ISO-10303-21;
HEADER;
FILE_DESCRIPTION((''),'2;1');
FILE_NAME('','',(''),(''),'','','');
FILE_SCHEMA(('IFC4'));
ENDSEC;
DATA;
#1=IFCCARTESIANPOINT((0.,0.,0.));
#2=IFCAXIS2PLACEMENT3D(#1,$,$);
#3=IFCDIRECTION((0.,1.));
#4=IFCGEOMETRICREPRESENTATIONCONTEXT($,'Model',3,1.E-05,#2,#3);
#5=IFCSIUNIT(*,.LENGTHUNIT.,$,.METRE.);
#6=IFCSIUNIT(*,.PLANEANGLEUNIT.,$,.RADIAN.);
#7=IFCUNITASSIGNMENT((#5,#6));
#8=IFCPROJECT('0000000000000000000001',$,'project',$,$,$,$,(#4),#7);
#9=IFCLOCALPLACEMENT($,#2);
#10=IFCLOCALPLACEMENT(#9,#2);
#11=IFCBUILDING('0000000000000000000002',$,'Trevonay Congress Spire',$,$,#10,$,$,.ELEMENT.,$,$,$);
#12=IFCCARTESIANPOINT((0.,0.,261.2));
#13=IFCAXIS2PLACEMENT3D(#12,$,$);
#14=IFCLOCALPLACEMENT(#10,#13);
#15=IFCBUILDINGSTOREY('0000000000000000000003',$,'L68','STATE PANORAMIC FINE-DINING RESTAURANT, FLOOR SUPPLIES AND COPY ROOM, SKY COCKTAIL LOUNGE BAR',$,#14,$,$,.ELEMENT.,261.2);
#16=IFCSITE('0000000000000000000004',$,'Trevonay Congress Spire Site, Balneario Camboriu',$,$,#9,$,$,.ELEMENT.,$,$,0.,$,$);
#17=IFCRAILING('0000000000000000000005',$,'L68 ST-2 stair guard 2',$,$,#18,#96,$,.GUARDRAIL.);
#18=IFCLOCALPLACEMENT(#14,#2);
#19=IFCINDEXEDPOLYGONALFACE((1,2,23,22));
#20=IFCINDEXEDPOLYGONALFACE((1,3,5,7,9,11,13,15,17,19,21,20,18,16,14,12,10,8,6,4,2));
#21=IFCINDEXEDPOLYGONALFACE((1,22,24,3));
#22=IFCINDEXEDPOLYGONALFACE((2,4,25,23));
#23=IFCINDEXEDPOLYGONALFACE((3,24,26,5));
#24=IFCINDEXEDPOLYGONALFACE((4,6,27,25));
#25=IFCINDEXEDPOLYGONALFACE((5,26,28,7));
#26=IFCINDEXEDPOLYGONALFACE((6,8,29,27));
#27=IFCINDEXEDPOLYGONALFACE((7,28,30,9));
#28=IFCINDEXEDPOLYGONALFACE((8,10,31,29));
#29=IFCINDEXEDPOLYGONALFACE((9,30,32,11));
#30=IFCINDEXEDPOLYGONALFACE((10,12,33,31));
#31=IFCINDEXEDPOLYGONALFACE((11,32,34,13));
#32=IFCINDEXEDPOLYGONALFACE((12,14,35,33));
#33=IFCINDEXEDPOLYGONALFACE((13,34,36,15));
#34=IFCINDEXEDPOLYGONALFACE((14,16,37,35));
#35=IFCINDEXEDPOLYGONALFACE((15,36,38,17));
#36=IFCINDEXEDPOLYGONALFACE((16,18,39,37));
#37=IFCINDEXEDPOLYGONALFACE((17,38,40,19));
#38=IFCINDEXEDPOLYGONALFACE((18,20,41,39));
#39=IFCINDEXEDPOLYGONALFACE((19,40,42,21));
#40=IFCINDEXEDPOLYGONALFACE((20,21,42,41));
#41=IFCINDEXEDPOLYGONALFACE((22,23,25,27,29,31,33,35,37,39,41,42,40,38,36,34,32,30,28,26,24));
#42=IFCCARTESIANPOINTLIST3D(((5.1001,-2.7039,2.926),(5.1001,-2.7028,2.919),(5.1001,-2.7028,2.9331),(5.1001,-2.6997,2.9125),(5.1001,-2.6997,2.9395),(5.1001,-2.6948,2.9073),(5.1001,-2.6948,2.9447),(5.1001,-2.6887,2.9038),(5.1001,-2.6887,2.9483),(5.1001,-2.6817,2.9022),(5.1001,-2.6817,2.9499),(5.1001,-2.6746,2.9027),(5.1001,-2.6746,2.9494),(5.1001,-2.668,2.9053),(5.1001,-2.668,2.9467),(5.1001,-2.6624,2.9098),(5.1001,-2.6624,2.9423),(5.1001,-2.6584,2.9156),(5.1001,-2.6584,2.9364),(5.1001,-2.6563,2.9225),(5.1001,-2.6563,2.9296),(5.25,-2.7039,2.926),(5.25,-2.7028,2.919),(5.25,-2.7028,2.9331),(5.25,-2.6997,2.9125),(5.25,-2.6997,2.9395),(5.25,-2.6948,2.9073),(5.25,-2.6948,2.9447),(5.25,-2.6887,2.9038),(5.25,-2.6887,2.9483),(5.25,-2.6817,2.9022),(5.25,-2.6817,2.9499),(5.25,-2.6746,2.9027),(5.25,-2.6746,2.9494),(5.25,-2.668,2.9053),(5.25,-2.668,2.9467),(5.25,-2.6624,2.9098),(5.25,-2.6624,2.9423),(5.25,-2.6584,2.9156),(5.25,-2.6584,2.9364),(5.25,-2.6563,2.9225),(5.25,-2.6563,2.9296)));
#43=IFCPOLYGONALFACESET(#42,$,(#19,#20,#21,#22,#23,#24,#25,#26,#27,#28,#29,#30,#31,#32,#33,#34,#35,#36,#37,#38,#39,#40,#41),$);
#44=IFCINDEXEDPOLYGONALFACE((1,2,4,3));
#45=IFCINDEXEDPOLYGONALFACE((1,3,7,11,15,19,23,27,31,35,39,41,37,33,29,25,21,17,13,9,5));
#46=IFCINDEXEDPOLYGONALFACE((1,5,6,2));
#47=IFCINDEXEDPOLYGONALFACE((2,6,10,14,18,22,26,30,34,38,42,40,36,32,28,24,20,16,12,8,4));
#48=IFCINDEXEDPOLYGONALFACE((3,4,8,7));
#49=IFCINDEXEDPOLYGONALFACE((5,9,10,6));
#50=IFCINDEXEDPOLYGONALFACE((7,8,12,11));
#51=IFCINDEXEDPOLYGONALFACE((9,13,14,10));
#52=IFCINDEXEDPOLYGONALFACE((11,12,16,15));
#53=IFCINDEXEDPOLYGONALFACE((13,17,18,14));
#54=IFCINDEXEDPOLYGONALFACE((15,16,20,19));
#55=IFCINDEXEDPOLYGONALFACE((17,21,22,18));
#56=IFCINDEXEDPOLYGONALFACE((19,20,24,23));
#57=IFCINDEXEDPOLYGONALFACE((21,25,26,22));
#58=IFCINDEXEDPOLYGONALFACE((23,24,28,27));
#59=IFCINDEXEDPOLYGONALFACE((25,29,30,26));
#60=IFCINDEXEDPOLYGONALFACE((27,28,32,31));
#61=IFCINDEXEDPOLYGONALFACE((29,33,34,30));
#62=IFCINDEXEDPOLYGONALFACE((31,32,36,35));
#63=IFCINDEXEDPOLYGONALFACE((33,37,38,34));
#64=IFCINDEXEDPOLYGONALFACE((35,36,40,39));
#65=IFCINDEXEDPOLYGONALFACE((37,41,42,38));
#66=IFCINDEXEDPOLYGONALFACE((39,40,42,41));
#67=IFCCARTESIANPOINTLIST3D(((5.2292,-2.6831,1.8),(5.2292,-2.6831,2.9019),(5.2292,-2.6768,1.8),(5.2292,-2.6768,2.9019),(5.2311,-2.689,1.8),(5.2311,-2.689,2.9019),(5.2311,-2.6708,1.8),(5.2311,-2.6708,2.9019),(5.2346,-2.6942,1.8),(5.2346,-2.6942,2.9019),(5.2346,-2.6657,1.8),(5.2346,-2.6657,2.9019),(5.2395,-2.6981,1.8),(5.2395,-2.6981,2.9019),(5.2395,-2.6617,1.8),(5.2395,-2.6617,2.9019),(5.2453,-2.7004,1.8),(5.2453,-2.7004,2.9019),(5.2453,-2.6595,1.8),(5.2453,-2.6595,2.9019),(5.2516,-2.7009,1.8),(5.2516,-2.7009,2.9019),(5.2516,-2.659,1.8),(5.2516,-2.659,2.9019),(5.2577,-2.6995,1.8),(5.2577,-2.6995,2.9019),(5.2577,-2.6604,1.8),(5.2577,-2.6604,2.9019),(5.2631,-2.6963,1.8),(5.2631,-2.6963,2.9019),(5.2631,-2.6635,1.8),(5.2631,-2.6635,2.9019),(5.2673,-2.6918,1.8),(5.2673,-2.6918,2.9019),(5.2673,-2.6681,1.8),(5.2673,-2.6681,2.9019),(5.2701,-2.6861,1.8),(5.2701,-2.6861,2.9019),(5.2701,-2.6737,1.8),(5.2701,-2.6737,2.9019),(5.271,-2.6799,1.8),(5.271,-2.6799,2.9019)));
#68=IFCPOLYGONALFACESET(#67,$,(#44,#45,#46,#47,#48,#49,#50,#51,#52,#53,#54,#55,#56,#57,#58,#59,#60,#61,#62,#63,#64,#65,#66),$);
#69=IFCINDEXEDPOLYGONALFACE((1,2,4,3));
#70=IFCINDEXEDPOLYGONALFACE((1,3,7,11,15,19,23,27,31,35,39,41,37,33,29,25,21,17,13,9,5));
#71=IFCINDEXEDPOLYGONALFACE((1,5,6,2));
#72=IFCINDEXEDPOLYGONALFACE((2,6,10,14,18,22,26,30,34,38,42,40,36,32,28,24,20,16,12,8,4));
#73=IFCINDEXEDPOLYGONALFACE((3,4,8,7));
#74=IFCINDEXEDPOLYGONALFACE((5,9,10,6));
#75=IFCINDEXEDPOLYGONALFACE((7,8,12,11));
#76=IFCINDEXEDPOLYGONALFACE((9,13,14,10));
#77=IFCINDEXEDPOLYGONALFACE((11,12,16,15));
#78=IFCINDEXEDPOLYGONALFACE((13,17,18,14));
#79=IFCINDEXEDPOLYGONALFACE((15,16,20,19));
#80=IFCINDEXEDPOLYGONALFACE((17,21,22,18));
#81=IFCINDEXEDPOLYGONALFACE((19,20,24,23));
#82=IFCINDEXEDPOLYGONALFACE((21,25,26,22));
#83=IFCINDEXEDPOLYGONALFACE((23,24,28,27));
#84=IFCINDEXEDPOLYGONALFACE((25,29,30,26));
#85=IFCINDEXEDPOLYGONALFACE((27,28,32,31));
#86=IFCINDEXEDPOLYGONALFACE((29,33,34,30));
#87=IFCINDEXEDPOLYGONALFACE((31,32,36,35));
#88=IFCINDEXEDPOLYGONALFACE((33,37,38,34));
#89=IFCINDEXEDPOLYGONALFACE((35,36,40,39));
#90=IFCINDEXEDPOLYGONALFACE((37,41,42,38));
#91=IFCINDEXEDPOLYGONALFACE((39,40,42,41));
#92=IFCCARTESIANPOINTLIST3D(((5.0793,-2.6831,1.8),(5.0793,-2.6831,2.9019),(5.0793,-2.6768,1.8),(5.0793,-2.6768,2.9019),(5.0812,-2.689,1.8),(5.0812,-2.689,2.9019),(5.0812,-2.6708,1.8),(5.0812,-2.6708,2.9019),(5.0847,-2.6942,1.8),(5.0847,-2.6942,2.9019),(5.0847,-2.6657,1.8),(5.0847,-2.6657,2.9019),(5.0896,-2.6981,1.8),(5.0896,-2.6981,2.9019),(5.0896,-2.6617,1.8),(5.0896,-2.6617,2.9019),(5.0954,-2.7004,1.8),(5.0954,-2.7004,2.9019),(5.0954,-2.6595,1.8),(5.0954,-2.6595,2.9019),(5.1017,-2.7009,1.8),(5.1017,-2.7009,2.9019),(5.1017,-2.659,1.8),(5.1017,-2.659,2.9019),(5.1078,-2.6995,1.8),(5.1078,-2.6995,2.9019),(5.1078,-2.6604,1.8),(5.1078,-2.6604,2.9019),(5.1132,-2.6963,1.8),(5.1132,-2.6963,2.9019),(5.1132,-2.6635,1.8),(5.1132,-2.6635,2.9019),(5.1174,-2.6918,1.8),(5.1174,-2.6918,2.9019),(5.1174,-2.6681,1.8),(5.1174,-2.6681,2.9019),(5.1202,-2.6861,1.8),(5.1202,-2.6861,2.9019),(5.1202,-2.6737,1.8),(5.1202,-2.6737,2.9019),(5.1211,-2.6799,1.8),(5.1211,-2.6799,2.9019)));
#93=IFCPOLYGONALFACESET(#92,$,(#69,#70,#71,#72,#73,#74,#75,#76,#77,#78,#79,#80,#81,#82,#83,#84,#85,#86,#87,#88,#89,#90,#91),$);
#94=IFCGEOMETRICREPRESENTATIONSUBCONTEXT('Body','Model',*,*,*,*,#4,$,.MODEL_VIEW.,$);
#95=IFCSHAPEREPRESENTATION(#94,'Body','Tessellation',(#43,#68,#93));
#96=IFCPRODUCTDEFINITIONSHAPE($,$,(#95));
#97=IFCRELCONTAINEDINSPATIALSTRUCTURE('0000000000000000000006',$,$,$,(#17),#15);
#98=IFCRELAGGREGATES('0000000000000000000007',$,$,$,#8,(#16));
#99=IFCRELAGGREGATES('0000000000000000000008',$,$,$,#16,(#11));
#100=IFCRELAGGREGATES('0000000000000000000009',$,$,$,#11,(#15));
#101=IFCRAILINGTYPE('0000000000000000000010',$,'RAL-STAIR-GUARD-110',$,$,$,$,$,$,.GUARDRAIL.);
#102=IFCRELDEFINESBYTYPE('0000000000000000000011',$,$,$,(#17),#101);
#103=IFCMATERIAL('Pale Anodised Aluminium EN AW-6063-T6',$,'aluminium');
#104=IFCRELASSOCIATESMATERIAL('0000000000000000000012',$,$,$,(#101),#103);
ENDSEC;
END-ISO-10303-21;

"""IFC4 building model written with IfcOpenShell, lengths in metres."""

from ifc_helpers import new_model, si_unit, direction, frame, origin, origin_2d, place, context, subcontext, project, spatial, circle, extrude, material, type_object, element, save


model = new_model("IFC4")

# Units and contexts
model_context = context("Model", 3, precision=1e-05, world=origin(), true_north=direction((0.0, 1.0)))
body_context = subcontext(model_context, "Body", "Model", "MODEL_VIEW")
ifc_project = project(units=[si_unit("LENGTHUNIT", "METRE"), si_unit("PLANEANGLEUNIT", "RADIAN")], contexts=[model_context])

# Site, building, storey
site_placement = place(None, origin())
site = spatial("IfcSite", under=ifc_project, at=site_placement, Name="Trevonay Congress Spire Site, Balneario Camboriu", CompositionType="ELEMENT", RefElevation=0.0)
building_placement = place(site_placement, origin())
building = spatial("IfcBuilding", under=site, at=building_placement, Name="Trevonay Congress Spire", CompositionType="ELEMENT")
storey_placement = place(building_placement, frame((0.0, 0.0, 261.2)))
storey = spatial("IfcBuildingStorey", under=building, at=storey_placement, Name="L68", Description="STATE PANORAMIC FINE-DINING RESTAURANT, FLOOR SUPPLIES AND COPY ROOM, SKY COCKTAIL LOUNGE BAR", CompositionType="ELEMENT", Elevation=261.2)

# Shared definitions
ifc_material_1 = material(Name="Pale Anodised Aluminium EN AW-6063-T6", Category="aluminium")

# Railing
railing_type_1 = type_object("IfcRailingType", Name="RAL-STAIR-GUARD-110", PredefinedType="GUARDRAIL", material=ifc_material_1)
railing_1_placement = place(storey_placement, frame((5.25, -2.6799, 1.8)))
element("IfcRailing", 1, at=railing_1_placement, inside=storey, type_object=railing_type_1, Name="L68 ST-2 stair guard 2", PredefinedType="GUARDRAIL", context=body_context, shape_type="SweptSolid", body=[
    extrude(circle(Radius=0.0239, at=origin_2d()), frame((0.0, 0.0, 1.126), z_axis=(-1.0, 0.0, 0.0), x_axis=(0.0, -1.0, 0.0)), (0.0, 0.0, 1.0), 0.1499),
    extrude(circle(Radius=0.021, at=origin_2d()), origin(), (0.0, 0.0, 1.0), 1.1018),
    extrude(circle(Radius=0.021, at=origin_2d()), frame((-0.1499, 0.0, 0.0)), (0.0, 0.0, 1.0), 1.1018),
])

save(model, "model.ifc")
